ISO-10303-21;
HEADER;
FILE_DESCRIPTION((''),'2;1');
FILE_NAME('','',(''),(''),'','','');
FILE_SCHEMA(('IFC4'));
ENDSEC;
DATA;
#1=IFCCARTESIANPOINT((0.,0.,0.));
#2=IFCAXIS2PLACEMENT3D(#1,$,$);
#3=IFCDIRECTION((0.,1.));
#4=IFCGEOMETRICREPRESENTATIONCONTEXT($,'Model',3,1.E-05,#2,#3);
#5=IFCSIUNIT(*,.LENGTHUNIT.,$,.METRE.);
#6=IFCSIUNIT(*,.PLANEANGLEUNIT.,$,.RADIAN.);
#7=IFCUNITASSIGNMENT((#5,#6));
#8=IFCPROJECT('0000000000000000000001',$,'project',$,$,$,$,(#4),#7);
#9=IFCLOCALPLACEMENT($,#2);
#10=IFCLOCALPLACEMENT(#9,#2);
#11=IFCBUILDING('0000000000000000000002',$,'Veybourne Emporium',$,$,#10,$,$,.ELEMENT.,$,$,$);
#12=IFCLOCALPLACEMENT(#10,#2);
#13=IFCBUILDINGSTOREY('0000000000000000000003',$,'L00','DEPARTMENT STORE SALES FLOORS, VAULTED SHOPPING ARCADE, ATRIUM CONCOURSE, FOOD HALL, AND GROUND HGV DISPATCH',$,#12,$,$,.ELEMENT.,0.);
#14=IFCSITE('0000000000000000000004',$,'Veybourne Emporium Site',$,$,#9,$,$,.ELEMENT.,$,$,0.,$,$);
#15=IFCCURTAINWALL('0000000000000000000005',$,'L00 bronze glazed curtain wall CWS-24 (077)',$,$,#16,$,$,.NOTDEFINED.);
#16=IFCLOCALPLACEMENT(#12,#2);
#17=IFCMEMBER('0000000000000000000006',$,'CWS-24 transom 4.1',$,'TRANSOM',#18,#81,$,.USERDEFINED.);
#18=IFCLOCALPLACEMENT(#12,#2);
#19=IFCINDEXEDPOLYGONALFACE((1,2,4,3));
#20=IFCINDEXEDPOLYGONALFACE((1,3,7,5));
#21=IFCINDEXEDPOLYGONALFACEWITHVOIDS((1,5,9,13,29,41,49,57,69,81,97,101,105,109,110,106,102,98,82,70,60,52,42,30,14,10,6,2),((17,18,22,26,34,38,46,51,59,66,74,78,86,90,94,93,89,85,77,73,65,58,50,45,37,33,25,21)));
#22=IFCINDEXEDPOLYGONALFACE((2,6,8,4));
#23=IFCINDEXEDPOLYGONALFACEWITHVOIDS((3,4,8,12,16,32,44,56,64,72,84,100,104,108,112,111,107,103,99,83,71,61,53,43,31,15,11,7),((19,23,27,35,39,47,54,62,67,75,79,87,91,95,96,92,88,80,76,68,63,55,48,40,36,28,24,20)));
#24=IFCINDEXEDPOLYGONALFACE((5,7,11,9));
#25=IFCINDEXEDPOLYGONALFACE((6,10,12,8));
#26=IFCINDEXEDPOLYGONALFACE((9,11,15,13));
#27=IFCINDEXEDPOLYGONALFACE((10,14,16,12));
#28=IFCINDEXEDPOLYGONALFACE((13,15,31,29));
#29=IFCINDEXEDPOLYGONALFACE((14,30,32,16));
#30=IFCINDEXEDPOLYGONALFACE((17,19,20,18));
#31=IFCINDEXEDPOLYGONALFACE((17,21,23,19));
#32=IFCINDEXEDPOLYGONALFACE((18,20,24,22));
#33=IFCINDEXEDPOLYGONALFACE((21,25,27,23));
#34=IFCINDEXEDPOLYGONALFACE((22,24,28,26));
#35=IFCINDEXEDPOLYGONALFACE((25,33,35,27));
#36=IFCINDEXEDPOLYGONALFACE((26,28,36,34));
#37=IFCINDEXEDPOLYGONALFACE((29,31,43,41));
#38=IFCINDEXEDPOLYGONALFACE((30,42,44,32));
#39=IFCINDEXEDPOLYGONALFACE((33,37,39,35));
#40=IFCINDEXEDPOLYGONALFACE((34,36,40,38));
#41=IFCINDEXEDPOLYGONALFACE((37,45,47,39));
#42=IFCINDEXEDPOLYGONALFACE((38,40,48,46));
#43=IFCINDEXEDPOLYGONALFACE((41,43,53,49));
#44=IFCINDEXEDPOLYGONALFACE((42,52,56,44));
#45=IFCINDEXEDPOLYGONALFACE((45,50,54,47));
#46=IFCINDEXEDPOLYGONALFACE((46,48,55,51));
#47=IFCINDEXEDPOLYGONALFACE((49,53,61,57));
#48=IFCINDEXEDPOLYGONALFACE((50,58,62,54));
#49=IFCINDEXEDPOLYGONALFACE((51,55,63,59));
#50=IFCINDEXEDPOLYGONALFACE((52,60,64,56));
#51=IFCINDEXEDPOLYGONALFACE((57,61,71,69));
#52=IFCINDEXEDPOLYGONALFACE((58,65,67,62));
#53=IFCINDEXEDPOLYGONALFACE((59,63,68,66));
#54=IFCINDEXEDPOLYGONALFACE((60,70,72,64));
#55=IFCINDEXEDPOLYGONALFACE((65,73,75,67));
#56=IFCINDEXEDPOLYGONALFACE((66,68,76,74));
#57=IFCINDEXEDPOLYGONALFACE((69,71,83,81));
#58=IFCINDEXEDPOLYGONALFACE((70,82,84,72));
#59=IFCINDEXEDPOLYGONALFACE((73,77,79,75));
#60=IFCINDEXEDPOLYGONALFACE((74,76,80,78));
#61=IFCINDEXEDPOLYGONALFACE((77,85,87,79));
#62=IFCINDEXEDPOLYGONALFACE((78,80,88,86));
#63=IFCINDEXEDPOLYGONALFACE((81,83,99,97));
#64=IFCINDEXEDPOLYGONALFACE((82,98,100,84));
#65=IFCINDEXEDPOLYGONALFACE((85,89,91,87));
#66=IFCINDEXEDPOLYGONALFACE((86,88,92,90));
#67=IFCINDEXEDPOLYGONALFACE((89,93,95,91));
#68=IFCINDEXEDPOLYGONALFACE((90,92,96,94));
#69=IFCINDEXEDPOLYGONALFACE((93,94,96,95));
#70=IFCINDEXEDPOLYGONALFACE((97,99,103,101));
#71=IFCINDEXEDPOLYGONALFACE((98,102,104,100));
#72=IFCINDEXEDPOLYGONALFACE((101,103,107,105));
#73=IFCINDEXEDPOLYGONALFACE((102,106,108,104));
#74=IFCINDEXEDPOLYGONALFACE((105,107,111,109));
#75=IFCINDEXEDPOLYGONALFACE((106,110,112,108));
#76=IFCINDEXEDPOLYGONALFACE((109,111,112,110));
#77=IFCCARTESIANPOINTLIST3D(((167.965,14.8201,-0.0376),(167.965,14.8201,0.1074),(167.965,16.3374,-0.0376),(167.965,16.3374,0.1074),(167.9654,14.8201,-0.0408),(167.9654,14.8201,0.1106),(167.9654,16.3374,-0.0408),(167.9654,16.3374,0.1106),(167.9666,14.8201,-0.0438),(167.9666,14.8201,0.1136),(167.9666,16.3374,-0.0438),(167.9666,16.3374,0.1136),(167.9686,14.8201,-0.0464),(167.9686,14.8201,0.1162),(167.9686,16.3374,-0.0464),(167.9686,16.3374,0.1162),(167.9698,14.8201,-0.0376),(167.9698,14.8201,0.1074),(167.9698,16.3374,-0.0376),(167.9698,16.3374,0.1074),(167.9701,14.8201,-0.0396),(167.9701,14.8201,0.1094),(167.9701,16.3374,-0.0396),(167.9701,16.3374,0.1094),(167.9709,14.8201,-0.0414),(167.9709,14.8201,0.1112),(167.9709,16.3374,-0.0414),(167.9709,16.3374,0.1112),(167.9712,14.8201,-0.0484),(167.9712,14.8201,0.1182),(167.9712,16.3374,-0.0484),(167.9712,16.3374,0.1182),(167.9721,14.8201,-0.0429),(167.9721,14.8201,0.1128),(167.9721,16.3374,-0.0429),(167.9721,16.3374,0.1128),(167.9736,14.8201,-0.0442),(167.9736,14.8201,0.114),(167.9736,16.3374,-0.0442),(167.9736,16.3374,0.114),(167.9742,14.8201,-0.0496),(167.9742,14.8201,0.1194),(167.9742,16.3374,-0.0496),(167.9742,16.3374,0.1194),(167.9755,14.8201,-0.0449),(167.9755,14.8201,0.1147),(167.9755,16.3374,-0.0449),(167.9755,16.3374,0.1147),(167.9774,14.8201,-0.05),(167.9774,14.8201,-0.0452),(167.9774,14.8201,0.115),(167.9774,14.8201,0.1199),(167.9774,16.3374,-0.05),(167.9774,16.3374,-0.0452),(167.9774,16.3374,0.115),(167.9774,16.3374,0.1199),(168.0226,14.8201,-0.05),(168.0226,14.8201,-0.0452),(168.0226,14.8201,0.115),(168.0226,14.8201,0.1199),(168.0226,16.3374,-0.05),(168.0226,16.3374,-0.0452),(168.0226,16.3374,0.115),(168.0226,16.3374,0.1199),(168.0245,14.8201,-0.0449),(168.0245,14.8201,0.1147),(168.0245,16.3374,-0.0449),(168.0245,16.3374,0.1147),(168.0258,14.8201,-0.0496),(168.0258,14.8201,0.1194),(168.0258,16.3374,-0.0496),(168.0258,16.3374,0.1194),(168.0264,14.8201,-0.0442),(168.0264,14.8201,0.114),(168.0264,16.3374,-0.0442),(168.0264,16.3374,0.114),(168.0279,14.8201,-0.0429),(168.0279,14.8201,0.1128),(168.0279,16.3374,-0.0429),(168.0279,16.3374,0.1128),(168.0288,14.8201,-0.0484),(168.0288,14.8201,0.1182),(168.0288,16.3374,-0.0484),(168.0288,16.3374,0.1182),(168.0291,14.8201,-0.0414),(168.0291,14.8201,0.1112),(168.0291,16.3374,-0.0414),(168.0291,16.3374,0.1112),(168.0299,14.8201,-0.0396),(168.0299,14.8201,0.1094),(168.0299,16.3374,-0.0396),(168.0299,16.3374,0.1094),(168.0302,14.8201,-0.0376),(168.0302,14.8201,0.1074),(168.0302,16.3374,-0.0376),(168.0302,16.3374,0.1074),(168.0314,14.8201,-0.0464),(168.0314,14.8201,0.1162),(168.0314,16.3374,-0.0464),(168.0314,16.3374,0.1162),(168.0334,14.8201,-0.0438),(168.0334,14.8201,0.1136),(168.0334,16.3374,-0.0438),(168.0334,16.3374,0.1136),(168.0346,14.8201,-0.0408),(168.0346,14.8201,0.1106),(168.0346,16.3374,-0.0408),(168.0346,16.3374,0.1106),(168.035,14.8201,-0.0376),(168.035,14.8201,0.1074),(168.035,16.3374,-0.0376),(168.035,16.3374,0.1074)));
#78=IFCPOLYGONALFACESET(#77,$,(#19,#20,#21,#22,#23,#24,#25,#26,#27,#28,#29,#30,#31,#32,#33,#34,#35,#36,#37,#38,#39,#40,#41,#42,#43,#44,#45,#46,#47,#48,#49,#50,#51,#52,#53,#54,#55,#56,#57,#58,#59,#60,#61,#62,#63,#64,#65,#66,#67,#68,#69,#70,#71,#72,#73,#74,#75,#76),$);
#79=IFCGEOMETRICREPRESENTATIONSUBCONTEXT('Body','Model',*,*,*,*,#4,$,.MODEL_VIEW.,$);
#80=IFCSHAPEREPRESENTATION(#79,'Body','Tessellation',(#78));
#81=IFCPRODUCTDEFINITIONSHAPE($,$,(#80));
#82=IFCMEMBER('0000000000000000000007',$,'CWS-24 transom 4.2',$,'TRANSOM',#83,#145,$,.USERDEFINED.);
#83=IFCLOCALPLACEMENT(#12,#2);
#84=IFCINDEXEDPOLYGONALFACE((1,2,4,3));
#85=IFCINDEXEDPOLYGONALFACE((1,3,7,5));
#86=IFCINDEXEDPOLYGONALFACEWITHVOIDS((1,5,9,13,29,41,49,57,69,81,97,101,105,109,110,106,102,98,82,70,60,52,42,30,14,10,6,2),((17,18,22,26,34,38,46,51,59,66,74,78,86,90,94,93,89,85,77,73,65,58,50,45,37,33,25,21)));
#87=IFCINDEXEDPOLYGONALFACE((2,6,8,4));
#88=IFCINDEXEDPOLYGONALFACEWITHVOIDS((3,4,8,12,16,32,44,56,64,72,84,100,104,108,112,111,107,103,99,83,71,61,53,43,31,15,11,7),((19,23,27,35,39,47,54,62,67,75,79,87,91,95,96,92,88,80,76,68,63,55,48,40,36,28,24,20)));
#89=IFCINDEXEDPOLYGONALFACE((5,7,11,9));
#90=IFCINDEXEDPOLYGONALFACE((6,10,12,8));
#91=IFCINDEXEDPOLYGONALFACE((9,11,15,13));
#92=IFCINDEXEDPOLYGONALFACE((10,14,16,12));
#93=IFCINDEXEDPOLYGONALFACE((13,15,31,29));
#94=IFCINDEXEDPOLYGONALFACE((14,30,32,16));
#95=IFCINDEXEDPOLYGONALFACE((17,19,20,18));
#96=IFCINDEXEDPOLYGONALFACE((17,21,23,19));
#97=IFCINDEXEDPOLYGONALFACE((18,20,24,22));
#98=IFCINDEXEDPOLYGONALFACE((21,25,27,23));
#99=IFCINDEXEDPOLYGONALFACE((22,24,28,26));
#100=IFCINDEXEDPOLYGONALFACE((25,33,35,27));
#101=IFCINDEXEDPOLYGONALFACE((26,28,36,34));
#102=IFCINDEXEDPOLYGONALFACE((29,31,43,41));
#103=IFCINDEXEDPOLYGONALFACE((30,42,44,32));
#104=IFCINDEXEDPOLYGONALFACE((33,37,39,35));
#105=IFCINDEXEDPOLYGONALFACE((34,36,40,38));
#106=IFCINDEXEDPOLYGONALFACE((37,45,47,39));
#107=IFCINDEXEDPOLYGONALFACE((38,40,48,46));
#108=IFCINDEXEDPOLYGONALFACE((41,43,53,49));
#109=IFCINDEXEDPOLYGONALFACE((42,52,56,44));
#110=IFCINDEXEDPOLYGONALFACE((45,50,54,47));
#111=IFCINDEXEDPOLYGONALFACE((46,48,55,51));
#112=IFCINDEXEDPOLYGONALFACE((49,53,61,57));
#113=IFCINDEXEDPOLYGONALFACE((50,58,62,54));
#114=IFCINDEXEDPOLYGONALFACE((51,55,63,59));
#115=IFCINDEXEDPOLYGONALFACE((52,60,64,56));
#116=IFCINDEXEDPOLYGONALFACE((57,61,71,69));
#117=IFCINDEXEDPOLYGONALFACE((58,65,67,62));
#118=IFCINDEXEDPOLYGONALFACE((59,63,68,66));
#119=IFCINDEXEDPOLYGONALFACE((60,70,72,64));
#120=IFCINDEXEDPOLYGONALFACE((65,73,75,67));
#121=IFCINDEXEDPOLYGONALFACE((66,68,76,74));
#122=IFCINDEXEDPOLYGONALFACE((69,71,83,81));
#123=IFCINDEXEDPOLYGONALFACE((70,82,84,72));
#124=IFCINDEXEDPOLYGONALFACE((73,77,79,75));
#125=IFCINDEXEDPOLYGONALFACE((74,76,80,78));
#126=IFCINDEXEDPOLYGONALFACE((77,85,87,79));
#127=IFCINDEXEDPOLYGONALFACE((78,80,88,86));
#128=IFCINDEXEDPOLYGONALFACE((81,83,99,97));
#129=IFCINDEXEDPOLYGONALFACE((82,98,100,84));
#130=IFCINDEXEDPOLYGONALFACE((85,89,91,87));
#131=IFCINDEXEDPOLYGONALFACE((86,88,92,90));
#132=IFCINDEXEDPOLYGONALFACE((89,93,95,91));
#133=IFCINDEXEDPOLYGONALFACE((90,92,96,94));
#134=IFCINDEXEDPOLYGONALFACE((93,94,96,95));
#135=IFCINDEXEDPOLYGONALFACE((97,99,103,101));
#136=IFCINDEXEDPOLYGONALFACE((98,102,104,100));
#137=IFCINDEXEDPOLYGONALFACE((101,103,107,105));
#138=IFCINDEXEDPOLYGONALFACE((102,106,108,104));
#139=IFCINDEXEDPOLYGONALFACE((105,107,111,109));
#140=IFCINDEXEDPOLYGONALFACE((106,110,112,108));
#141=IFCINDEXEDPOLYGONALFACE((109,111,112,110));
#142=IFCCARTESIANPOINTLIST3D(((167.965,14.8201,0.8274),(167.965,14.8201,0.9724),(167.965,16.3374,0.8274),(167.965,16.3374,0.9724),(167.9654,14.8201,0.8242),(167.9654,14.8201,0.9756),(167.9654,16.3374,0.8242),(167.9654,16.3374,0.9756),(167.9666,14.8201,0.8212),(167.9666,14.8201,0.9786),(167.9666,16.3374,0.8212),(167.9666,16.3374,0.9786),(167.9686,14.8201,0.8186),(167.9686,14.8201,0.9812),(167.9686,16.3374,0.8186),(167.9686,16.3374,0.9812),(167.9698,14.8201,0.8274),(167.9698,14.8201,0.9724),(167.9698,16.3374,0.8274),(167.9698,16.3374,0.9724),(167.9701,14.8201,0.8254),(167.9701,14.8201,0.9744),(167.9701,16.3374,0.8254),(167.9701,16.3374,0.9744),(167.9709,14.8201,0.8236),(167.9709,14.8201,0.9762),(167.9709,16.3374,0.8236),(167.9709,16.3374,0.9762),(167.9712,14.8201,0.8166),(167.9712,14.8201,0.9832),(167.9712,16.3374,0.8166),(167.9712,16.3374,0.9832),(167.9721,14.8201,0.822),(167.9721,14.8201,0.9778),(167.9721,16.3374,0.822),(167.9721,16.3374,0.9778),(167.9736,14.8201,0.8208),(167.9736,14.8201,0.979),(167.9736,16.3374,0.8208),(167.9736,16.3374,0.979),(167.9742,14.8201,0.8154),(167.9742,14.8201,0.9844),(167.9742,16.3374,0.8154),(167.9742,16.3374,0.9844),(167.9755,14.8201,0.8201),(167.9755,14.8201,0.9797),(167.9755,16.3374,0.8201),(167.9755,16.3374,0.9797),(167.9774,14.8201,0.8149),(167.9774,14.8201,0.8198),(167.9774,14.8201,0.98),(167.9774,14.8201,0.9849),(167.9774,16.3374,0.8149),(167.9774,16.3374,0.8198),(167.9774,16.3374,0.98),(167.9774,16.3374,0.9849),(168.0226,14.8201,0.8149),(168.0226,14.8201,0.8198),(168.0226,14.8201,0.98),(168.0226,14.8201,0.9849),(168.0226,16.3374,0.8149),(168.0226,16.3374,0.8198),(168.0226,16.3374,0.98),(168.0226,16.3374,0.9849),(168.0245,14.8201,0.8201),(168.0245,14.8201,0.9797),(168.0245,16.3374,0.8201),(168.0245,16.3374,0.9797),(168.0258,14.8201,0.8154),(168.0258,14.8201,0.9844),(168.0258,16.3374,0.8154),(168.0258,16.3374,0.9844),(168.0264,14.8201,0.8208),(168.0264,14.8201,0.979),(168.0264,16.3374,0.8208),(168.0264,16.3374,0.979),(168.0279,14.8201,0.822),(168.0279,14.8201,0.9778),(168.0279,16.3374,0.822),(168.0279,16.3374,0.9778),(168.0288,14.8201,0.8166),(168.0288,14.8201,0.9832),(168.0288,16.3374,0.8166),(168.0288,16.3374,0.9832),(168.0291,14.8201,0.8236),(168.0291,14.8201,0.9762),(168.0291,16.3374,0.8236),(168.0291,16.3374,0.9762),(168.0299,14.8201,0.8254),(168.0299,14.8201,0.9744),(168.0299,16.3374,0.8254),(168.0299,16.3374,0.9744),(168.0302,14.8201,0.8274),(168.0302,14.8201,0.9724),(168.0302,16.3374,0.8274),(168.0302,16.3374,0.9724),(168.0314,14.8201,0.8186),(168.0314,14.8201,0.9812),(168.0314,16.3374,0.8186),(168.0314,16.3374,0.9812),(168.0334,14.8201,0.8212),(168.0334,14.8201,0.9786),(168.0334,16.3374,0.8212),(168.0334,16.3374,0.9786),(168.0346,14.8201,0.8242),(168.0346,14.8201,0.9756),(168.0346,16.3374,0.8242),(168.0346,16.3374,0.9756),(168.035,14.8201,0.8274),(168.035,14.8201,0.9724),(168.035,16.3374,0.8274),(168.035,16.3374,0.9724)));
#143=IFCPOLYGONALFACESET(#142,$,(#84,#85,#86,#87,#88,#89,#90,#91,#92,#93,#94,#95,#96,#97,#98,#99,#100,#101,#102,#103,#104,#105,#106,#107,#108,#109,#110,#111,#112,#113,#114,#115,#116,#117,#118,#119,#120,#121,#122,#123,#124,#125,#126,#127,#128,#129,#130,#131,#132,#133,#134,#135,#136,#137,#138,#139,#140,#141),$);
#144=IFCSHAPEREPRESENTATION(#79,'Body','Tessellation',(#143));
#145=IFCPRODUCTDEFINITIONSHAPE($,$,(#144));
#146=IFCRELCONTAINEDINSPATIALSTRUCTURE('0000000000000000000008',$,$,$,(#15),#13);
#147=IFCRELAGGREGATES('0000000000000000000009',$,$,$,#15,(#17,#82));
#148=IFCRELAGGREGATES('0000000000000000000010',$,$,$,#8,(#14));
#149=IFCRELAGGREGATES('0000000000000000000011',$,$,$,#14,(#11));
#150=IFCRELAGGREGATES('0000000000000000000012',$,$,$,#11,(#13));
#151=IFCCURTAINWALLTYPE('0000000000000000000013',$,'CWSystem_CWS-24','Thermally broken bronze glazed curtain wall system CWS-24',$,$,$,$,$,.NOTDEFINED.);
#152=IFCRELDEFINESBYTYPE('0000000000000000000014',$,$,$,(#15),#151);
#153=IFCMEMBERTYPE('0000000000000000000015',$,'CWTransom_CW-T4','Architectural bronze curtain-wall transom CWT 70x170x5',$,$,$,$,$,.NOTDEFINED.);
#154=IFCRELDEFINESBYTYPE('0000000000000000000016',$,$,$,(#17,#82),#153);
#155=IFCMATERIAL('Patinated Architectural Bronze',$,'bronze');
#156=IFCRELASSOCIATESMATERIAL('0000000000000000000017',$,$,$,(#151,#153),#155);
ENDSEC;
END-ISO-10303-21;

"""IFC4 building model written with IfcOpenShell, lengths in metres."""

from ifc_helpers import new_model, si_unit, direction, frame, origin, origin_2d, place, context, subcontext, project, spatial, hollow_rectangle, extrude, material, material_profile, profile_set, type_object, element, aggregate, save


model = new_model("IFC4")

# Units and contexts
model_context = context("Model", 3, precision=1e-05, world=origin(), true_north=direction((0.0, 1.0)))
body_context = subcontext(model_context, "Body", "Model", "MODEL_VIEW")
ifc_project = project(units=[si_unit("LENGTHUNIT", "METRE"), si_unit("PLANEANGLEUNIT", "RADIAN")], contexts=[model_context])

# Site, building, storey
site_placement = place(None, origin())
site = spatial("IfcSite", under=ifc_project, at=site_placement, Name="Veybourne Emporium Site", CompositionType="ELEMENT", RefElevation=0.0)
building_placement = place(site_placement, origin())
building = spatial("IfcBuilding", under=site, at=building_placement, Name="Veybourne Emporium", CompositionType="ELEMENT")
storey_placement = place(building_placement, origin())
storey = spatial("IfcBuildingStorey", under=building, at=storey_placement, Name="L00", Description="DEPARTMENT STORE SALES FLOORS, VAULTED SHOPPING ARCADE, ATRIUM CONCOURSE, FOOD HALL, AND GROUND HGV DISPATCH", CompositionType="ELEMENT", Elevation=0.0)

# Curtain wall
ifc_material_1 = material(Name="Patinated Architectural Bronze", Category="bronze")
curtain_wall_type_1 = type_object("IfcCurtainWallType", Name="CWSystem_CWS-24", Description="Thermally broken bronze glazed curtain wall system CWS-24", PredefinedType="NOTDEFINED", material=ifc_material_1)
curtain_wall_1_placement = place(storey_placement, origin())
curtain_wall_1 = element("IfcCurtainWall", 1, at=curtain_wall_1_placement, inside=storey, type_object=curtain_wall_type_1, Name="L00 bronze glazed curtain wall CWS-24 (077)", PredefinedType="NOTDEFINED")

# Members
ifc_material_profile_1 = material_profile(ifc_material_1, hollow_rectangle(XDim=0.0701, YDim=0.1699, WallThickness=0.0049, InnerFilletRadius=0.0076, OuterFilletRadius=0.0125, at=origin_2d()), Name="CWT 70x170x5")
ifc_profile_set_1 = profile_set([ifc_material_profile_1], Name="Patinated Architectural Bronze")
member_type_1 = type_object("IfcMemberType", Name="CWTransom_CW-T4", Description="Architectural bronze curtain-wall transom CWT 70x170x5", PredefinedType="NOTDEFINED", material=ifc_profile_set_1)
member_1_placement = place(storey_placement, frame((168.0, 16.3374, 0.0349), z_axis=(0.0, -1.0, 0.0), x_axis=(1.0, 0.0, 0.0)))
member_1 = element("IfcMember", 2, at=member_1_placement, type_object=member_type_1, Name="CWS-24 transom 4.1", ObjectType="TRANSOM", PredefinedType="USERDEFINED", context=body_context, shape_type="SweptSolid", body=[
    extrude(hollow_rectangle(XDim=0.0701, YDim=0.1699, WallThickness=0.0049, InnerFilletRadius=0.0076, OuterFilletRadius=0.0125, at=origin_2d()), origin(), (0.0, 0.0, 1.0), 1.5173),
])
member_2_placement = place(storey_placement, frame((168.0, 16.3374, 0.8999), z_axis=(0.0, -1.0, 0.0), x_axis=(1.0, 0.0, 0.0)))
member_2 = element("IfcMember", 3, at=member_2_placement, type_object=member_type_1, Name="CWS-24 transom 4.2", ObjectType="TRANSOM", PredefinedType="USERDEFINED", context=body_context, shape_type="SweptSolid", body=[
    extrude(hollow_rectangle(XDim=0.0701, YDim=0.1699, WallThickness=0.0049, InnerFilletRadius=0.0076, OuterFilletRadius=0.0125, at=origin_2d()), origin(), (0.0, 0.0, 1.0), 1.5173),
])

aggregate(curtain_wall_1, [member_1, member_2])

save(model, "model.ifc")
